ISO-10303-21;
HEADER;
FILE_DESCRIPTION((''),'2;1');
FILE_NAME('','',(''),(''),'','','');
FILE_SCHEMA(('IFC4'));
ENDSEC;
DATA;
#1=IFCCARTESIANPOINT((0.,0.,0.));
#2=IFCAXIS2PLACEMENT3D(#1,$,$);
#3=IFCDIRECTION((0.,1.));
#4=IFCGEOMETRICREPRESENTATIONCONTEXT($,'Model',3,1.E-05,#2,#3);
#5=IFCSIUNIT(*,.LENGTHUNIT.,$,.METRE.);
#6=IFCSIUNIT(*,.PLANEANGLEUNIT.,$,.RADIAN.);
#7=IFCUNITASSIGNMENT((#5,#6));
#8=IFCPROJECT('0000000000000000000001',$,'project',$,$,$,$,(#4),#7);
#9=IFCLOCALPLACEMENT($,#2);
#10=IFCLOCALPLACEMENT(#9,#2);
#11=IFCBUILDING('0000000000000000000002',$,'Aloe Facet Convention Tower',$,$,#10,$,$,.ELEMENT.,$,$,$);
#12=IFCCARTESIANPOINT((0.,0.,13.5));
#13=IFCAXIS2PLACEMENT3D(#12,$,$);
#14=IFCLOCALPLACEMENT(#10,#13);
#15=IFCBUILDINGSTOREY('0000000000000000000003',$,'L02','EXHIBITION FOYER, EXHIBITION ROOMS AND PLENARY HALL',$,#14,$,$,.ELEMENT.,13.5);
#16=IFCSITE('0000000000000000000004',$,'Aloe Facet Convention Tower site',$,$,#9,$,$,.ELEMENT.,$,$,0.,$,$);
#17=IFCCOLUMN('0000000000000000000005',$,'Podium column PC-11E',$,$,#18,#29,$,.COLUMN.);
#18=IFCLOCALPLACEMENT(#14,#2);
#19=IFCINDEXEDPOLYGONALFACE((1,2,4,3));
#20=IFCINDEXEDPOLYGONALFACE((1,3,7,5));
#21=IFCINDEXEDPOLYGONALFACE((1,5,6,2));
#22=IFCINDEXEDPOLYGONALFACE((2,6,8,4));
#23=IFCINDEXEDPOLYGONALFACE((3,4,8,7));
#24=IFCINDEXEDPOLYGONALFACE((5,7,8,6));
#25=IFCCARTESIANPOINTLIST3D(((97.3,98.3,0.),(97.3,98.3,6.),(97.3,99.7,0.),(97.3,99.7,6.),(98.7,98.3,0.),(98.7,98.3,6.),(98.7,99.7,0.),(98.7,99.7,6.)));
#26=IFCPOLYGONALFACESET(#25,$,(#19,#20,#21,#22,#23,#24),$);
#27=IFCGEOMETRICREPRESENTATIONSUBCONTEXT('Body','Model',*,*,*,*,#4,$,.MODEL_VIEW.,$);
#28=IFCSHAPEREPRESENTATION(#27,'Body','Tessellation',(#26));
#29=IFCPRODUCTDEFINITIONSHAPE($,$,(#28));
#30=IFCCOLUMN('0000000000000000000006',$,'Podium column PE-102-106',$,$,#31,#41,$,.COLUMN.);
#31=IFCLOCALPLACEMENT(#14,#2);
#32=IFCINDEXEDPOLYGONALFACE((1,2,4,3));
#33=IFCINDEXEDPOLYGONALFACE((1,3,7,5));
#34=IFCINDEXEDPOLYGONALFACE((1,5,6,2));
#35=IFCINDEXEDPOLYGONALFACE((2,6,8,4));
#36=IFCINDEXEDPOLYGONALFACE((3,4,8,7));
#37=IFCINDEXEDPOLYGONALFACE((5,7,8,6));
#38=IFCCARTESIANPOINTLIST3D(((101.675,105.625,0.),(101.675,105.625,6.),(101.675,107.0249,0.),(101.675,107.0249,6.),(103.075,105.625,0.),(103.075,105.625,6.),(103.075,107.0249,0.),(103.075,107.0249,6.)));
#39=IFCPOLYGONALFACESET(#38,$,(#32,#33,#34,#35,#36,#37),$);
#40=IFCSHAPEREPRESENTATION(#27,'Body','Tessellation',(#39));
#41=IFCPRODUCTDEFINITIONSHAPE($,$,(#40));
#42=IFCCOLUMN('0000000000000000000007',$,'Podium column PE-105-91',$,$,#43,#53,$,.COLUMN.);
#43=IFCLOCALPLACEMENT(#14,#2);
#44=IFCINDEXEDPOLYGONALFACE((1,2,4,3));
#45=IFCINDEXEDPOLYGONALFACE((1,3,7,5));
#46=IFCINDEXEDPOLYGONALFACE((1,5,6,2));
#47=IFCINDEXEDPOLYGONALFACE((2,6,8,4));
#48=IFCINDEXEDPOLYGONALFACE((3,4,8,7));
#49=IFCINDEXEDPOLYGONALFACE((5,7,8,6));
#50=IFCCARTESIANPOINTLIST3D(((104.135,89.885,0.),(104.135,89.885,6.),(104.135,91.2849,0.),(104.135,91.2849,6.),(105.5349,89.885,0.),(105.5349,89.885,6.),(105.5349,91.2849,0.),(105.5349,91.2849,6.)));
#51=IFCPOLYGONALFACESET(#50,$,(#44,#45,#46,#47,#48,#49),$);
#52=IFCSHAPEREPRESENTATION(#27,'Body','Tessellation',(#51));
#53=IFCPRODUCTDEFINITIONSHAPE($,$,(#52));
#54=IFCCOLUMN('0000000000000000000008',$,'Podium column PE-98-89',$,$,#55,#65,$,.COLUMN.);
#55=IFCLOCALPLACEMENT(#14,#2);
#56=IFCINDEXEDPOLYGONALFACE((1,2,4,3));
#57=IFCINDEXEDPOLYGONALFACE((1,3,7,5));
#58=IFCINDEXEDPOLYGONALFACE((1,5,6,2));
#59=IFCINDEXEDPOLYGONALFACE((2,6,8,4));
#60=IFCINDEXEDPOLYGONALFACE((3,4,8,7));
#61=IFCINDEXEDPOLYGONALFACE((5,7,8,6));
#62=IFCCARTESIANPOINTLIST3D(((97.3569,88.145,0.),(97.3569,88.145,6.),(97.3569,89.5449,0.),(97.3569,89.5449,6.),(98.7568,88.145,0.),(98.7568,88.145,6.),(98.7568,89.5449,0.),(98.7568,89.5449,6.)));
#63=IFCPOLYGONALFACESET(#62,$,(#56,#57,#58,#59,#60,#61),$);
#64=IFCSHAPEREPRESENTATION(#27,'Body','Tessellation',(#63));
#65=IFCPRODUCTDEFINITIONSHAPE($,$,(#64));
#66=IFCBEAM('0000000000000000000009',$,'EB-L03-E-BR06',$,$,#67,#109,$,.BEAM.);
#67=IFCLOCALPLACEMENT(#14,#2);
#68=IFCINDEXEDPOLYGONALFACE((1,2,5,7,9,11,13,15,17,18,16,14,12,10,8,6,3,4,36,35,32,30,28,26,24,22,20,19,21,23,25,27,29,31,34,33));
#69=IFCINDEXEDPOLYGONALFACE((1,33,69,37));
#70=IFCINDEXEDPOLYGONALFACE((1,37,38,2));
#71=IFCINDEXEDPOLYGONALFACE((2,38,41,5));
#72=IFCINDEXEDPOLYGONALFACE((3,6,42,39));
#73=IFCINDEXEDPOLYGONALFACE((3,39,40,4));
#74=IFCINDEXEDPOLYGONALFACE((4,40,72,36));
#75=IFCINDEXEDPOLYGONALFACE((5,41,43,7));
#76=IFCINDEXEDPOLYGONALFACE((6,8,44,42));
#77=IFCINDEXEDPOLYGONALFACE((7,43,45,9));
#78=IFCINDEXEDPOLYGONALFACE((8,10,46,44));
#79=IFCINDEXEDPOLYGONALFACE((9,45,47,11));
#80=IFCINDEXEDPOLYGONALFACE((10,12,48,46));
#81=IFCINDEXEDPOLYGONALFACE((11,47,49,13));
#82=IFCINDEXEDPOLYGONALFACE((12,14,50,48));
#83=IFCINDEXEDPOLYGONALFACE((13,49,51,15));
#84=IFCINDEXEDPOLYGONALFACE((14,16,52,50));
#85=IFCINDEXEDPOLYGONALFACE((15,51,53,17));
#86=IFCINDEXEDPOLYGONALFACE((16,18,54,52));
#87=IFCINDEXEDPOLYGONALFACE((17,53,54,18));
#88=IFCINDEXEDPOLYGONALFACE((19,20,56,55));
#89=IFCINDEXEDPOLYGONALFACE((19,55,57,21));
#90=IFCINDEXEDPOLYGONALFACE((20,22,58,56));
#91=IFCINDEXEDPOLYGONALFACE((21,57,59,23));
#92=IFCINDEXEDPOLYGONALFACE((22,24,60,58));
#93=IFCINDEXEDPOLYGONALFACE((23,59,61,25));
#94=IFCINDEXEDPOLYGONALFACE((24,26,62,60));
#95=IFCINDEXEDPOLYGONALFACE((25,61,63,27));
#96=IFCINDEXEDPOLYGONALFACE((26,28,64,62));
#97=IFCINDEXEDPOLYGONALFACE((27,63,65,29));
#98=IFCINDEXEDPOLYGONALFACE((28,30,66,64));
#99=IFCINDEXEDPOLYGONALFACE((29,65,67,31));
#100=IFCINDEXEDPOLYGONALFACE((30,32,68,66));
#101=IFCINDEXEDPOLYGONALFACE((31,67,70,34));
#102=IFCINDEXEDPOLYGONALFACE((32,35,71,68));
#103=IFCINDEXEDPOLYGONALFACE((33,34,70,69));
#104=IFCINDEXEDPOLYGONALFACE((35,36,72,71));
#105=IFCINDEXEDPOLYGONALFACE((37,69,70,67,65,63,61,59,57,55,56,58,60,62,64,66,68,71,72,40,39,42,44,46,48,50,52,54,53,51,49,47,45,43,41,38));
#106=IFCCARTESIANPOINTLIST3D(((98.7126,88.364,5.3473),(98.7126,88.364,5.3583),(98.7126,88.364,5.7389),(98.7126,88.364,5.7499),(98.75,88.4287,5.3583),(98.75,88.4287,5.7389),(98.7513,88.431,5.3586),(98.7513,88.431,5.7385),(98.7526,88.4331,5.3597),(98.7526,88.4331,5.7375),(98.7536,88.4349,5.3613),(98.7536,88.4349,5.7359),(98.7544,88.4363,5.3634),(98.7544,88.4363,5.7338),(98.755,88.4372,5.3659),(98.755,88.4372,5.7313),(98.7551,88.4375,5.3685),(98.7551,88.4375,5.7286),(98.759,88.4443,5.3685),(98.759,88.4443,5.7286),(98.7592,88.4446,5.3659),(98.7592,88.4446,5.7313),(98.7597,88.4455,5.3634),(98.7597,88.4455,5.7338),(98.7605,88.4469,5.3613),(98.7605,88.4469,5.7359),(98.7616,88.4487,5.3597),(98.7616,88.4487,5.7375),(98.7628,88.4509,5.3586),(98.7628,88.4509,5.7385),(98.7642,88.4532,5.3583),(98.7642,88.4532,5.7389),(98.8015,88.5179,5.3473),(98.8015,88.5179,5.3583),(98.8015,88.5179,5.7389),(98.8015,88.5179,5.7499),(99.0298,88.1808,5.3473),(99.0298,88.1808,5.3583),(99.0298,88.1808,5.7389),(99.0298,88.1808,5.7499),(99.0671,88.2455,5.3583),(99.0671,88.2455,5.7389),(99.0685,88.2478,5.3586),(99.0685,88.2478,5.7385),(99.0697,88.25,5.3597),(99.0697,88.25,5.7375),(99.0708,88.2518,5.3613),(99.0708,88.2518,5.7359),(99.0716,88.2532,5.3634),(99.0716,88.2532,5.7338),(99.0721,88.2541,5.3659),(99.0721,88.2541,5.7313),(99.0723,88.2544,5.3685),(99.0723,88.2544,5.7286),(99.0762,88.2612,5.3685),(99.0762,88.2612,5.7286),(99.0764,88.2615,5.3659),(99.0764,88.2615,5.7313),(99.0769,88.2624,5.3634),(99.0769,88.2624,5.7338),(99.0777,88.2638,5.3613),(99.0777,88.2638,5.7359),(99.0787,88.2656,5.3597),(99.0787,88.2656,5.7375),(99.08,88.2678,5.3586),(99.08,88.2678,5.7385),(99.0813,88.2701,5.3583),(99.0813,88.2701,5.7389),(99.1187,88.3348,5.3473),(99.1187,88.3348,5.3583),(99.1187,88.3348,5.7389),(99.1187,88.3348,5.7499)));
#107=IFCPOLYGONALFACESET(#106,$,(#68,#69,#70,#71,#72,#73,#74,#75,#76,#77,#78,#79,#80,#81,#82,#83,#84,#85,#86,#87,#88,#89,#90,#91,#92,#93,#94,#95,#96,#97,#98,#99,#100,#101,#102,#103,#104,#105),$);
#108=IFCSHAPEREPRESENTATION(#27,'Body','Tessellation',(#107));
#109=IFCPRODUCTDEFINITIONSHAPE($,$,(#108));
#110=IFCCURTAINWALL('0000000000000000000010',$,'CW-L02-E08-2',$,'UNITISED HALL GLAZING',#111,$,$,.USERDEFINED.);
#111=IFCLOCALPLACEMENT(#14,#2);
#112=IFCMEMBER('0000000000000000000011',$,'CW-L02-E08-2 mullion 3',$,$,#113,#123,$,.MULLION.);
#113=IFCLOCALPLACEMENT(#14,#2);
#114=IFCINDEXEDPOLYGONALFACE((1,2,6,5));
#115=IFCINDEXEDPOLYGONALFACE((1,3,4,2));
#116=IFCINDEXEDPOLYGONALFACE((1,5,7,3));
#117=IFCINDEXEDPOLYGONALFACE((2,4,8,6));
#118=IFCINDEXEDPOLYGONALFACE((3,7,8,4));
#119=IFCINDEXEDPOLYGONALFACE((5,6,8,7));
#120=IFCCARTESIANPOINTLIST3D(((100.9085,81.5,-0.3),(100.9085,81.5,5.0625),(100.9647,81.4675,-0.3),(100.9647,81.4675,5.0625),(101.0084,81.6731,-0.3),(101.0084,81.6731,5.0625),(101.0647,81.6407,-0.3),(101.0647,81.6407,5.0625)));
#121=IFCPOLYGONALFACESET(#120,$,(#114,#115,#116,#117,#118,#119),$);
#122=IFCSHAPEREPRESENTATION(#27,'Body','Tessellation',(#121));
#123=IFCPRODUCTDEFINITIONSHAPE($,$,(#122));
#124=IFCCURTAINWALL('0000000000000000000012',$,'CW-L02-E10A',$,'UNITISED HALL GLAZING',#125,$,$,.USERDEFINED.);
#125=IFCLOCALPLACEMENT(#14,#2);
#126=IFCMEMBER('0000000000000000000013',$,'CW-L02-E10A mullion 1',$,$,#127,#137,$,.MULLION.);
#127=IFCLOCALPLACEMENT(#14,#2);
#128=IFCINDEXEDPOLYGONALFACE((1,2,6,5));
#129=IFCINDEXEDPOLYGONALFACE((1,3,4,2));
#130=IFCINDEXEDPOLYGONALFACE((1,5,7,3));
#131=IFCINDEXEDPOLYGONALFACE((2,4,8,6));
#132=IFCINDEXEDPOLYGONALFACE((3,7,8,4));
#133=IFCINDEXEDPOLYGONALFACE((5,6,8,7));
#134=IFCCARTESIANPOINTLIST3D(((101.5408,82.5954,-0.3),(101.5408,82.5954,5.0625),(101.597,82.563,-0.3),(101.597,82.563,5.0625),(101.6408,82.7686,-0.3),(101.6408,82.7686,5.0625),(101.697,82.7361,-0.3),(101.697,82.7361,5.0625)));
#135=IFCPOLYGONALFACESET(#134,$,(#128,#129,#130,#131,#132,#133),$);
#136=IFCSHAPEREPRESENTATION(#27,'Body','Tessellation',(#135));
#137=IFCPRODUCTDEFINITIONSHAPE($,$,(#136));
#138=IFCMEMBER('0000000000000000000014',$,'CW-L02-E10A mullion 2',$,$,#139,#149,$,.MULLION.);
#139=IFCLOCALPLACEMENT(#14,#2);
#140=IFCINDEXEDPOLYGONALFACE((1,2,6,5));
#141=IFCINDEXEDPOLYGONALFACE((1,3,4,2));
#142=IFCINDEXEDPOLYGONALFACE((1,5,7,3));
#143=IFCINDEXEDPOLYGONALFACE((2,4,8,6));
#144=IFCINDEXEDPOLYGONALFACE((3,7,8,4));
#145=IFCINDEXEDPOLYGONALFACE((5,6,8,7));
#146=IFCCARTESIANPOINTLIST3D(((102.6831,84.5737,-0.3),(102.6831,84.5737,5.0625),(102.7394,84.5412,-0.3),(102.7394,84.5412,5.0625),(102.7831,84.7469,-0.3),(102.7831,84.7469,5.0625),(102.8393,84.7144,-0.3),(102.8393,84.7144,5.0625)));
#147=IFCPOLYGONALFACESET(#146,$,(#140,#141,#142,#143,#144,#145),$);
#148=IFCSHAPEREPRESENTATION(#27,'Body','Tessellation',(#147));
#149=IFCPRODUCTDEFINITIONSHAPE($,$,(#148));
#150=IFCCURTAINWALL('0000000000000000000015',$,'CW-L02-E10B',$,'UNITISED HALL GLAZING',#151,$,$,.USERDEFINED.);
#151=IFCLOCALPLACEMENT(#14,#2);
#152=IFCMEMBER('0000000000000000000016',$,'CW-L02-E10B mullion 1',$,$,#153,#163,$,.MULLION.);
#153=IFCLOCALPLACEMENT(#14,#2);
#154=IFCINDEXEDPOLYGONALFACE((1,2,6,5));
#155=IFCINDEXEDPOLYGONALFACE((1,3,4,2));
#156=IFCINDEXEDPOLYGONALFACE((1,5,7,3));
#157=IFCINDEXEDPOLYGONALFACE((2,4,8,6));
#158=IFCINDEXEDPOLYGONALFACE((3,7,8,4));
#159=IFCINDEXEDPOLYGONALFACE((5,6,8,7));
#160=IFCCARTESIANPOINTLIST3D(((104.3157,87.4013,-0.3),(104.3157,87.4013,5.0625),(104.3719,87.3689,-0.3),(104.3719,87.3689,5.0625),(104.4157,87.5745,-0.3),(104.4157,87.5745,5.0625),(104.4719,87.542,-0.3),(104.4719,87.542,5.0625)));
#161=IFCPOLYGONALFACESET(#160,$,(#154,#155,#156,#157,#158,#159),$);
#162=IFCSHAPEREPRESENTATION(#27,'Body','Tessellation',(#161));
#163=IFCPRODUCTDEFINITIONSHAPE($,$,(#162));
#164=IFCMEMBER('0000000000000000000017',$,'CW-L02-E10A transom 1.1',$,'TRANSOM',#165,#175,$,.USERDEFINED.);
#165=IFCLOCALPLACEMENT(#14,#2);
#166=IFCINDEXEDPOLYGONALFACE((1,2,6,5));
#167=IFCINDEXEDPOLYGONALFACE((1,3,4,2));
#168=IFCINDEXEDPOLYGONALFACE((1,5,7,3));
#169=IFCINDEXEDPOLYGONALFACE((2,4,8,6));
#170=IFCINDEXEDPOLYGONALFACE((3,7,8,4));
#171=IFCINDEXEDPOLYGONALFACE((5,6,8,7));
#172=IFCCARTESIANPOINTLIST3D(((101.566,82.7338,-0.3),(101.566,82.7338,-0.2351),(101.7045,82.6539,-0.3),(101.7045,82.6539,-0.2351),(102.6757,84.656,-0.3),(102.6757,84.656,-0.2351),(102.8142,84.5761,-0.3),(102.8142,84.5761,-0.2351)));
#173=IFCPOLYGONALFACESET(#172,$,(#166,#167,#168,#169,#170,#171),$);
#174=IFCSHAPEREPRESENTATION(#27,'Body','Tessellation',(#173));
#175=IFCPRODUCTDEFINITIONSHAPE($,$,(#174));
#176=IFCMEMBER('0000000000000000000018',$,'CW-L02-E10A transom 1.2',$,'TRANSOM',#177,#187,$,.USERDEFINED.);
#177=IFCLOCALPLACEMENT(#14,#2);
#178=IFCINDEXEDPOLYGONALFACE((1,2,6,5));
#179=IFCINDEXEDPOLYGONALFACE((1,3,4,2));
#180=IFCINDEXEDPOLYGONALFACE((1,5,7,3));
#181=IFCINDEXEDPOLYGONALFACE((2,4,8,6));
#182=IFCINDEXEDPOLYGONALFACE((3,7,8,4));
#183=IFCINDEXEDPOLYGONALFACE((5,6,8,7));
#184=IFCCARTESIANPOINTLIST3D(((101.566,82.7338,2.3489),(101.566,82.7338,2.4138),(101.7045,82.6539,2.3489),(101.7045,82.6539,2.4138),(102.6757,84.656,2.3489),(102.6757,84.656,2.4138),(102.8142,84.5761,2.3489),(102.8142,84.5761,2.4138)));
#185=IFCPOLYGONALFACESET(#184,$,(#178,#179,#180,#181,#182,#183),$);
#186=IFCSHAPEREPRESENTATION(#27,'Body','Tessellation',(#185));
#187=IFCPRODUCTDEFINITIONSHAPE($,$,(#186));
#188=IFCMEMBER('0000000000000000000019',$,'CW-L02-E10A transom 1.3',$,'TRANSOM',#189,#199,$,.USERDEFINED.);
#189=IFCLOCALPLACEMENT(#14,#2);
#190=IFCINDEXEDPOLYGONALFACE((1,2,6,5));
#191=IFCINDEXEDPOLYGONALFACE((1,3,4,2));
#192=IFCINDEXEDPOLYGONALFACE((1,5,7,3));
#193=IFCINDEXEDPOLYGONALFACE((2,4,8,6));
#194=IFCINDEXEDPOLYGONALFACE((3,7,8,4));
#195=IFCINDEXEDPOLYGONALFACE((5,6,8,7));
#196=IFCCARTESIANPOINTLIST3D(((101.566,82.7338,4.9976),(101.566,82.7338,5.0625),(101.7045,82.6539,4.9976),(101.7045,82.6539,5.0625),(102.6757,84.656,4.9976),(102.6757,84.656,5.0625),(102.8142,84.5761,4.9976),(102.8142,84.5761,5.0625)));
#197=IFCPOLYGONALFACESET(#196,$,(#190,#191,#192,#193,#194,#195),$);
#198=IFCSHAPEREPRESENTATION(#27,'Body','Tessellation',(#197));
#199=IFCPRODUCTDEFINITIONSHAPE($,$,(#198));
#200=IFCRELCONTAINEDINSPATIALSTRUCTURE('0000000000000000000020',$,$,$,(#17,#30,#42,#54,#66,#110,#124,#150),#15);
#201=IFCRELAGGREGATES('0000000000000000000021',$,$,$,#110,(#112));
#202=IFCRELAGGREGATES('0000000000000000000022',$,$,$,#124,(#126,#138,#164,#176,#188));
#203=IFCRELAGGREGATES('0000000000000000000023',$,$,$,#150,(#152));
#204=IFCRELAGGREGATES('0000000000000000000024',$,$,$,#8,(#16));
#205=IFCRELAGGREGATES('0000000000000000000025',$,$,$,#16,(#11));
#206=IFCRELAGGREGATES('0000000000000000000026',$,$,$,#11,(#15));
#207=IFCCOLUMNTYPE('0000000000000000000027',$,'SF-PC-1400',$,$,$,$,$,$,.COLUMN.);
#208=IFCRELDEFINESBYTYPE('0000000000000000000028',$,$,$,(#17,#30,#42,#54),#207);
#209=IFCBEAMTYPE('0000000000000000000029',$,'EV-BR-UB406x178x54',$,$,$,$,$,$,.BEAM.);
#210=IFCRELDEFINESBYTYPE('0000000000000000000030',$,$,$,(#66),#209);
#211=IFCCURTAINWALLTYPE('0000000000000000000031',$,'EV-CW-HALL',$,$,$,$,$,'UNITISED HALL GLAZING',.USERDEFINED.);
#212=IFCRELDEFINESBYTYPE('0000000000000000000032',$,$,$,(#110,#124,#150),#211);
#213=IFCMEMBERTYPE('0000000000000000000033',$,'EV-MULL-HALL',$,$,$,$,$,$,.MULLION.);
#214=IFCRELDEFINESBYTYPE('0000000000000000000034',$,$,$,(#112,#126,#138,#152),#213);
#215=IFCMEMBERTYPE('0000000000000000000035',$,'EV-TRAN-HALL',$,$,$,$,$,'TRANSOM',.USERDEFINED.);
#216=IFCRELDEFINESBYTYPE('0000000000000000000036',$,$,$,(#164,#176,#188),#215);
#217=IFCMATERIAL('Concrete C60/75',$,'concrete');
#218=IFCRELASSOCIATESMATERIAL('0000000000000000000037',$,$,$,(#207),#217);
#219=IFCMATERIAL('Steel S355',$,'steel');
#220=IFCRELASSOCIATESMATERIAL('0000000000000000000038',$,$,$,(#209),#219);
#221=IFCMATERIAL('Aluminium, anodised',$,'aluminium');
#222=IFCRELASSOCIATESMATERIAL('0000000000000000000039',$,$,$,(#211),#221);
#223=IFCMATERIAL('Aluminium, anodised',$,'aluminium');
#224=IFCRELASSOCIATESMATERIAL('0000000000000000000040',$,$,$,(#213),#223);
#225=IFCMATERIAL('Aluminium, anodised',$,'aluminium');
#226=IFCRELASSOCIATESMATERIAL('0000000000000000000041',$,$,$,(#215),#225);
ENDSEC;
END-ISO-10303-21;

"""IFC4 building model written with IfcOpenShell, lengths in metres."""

from ifc_helpers import new_model, si_unit, direction, frame, origin, origin_2d, place, context, subcontext, project, spatial, rectangle, i_section, extrude, material, material_profile, profile_set, type_object, element, aggregate, save


model = new_model("IFC4")

# Units and contexts
model_context = context("Model", 3, precision=1e-05, world=origin(), true_north=direction((0.0, 1.0)))
body_context = subcontext(model_context, "Body", "Model", "MODEL_VIEW")
ifc_project = project(units=[si_unit("LENGTHUNIT", "METRE"), si_unit("PLANEANGLEUNIT", "RADIAN")], contexts=[model_context])

# Site, building, storey
site_placement = place(None, origin())
site = spatial("IfcSite", under=ifc_project, at=site_placement, Name="Aloe Facet Convention Tower site", CompositionType="ELEMENT", RefElevation=0.0)
building_placement = place(site_placement, origin())
building = spatial("IfcBuilding", under=site, at=building_placement, Name="Aloe Facet Convention Tower", CompositionType="ELEMENT")
storey_placement = place(building_placement, frame((0.0, 0.0, 13.5)))
storey = spatial("IfcBuildingStorey", under=building, at=storey_placement, Name="L02", Description="EXHIBITION FOYER, EXHIBITION ROOMS AND PLENARY HALL", CompositionType="ELEMENT", Elevation=13.5)

# Columns
ifc_material_1 = material(Name="Concrete C60/75", Category="concrete")
ifc_material_profile_1 = material_profile(ifc_material_1, rectangle(XDim=1.3999, YDim=1.3999, at=origin_2d()), Name="SF-PC-1400")
ifc_profile_set_1 = profile_set([ifc_material_profile_1], Name="Concrete C60/75")
column_type = type_object("IfcColumnType", Name="SF-PC-1400", PredefinedType="COLUMN", material=ifc_profile_set_1)
for number, where, z_axis, x_axis, name in (
    (1, (98.0, 99.0, 0.0), (0.0, 0.0, 1.0), (1.0, 0.0, 0.0), "Podium column PC-11E"),
    (2, (102.375, 106.325, 0.0), (0.0, 0.0, 1.0), (1.0, 0.0, 0.0), "Podium column PE-102-106"),
    (3, (104.835, 90.585, 0.0), (0.0, 0.0, 1.0), (1.0, 0.0, 0.0), "Podium column PE-105-91"),
    (4, (98.0569, 88.845, 0.0), (0.0, 0.0, 1.0), (1.0, 0.0, 0.0), "Podium column PE-98-89"),
):
    element("IfcColumn", number, at=place(storey_placement, frame(where, z_axis=z_axis, x_axis=x_axis)), inside=storey, type_object=column_type, Name=name, PredefinedType="COLUMN", context=body_context, shape_type="SweptSolid", body=[
        extrude(rectangle(XDim=1.3999, YDim=1.3999, at=origin_2d()), origin(), (0.0, 0.0, 1.0), 6.0),
    ])

# Beam
ifc_material_2 = material(Name="Steel S355", Category="steel")
ifc_material_profile_2 = material_profile(ifc_material_2, i_section(OverallWidth=0.1777, OverallDepth=0.4026, WebThickness=0.0078, FlangeThickness=0.011, FilletRadius=0.0103, at=origin_2d()), Name="UB 406x178x54")
ifc_profile_set_2 = profile_set([ifc_material_profile_2], Name="Steel S355")
beam_type_1 = type_object("IfcBeamType", Name="EV-BR-UB406x178x54", PredefinedType="BEAM", material=ifc_profile_set_2)
beam_1_placement = place(storey_placement, frame((98.7571, 88.4409, 5.5486), z_axis=(0.866019, -0.500011, 0.0), x_axis=(0.500011, 0.866019, 0.0)))
element("IfcBeam", 5, at=beam_1_placement, inside=storey, type_object=beam_type_1, Name="EB-L03-E-BR06", PredefinedType="BEAM", context=body_context, shape_type="SweptSolid", body=[
    extrude(i_section(OverallWidth=0.1777, OverallDepth=0.4026, WebThickness=0.0078, FlangeThickness=0.011, FilletRadius=0.0103, at=origin_2d()), origin(), (0.0, 0.0, 1.0), 0.3662),
])

# Curtain wall, member
ifc_material_3 = material(Name="Aluminium, anodised", Category="aluminium")
curtain_wall_type = type_object("IfcCurtainWallType", Name="EV-CW-HALL", ElementType="UNITISED HALL GLAZING", PredefinedType="USERDEFINED", material=ifc_material_3)
curtain_wall_1_placement = place(storey_placement, origin())
curtain_wall_1 = element("IfcCurtainWall", 6, at=curtain_wall_1_placement, inside=storey, type_object=curtain_wall_type, Name="CW-L02-E08-2", ObjectType="UNITISED HALL GLAZING", PredefinedType="USERDEFINED")
ifc_material_4 = material(Name="Aluminium, anodised", Category="aluminium")
ifc_material_profile_3 = material_profile(ifc_material_4, rectangle(XDim=0.0649, YDim=0.2, at=origin_2d()), Name="AL 65x200")
ifc_profile_set_3 = profile_set([ifc_material_profile_3], Name="Aluminium, anodised")
member_type_1 = type_object("IfcMemberType", Name="EV-MULL-HALL", PredefinedType="MULLION", material=ifc_profile_set_3)
member_1_placement = place(storey_placement, frame((100.9866, 81.5703, -0.3), z_axis=(0.0, 0.0, 1.0), x_axis=(-0.866025, 0.5, 0.0)))
member_1 = element("IfcMember", 7, at=member_1_placement, type_object=member_type_1, Name="CW-L02-E08-2 mullion 3", PredefinedType="MULLION", context=body_context, shape_type="SweptSolid", body=[
    extrude(rectangle(XDim=0.0649, YDim=0.2, at=origin_2d()), origin(), (0.0, 0.0, 1.0), 5.3625),
])
aggregate(curtain_wall_1, [member_1])

# Curtain wall, members
curtain_wall_2_placement = place(storey_placement, origin())
curtain_wall_2 = element("IfcCurtainWall", 8, at=curtain_wall_2_placement, inside=storey, type_object=curtain_wall_type, Name="CW-L02-E10A", ObjectType="UNITISED HALL GLAZING", PredefinedType="USERDEFINED")
member_2_placement = place(storey_placement, frame((101.6189, 82.6658, -0.3), z_axis=(0.0, 0.0, 1.0), x_axis=(-0.866025, 0.5, 0.0)))
member_2 = element("IfcMember", 9, at=member_2_placement, type_object=member_type_1, Name="CW-L02-E10A mullion 1", PredefinedType="MULLION", context=body_context, shape_type="SweptSolid", body=[
    extrude(rectangle(XDim=0.0649, YDim=0.2, at=origin_2d()), origin(), (0.0, 0.0, 1.0), 5.3625),
])
member_3_placement = place(storey_placement, frame((102.7612, 84.644, -0.3), z_axis=(0.0, 0.0, 1.0), x_axis=(-0.866025, 0.5, 0.0)))
member_3 = element("IfcMember", 10, at=member_3_placement, type_object=member_type_1, Name="CW-L02-E10A mullion 2", PredefinedType="MULLION", context=body_context, shape_type="SweptSolid", body=[
    extrude(rectangle(XDim=0.0649, YDim=0.2, at=origin_2d()), origin(), (0.0, 0.0, 1.0), 5.3625),
])

# Curtain wall, member
curtain_wall_3_placement = place(storey_placement, origin())
curtain_wall_3 = element("IfcCurtainWall", 11, at=curtain_wall_3_placement, inside=storey, type_object=curtain_wall_type, Name="CW-L02-E10B", ObjectType="UNITISED HALL GLAZING", PredefinedType="USERDEFINED")
member_4_placement = place(storey_placement, frame((104.3938, 87.4717, -0.3), z_axis=(0.0, 0.0, 1.0), x_axis=(-0.866025, 0.5, 0.0)))
member_4 = element("IfcMember", 12, at=member_4_placement, type_object=member_type_1, Name="CW-L02-E10B mullion 1", PredefinedType="MULLION", context=body_context, shape_type="SweptSolid", body=[
    extrude(rectangle(XDim=0.0649, YDim=0.2, at=origin_2d()), origin(), (0.0, 0.0, 1.0), 5.3625),
])

# Members
ifc_material_5 = material(Name="Aluminium, anodised", Category="aluminium")
ifc_material_profile_4 = material_profile(ifc_material_5, rectangle(XDim=0.1599, YDim=0.0649, at=origin_2d()), Name="AL 160x65")
ifc_profile_set_4 = profile_set([ifc_material_profile_4], Name="Aluminium, anodised")
member_type_2 = type_object("IfcMemberType", Name="EV-TRAN-HALL", ElementType="TRANSOM", PredefinedType="USERDEFINED", material=ifc_profile_set_4)
member_5_placement = place(storey_placement, frame((101.6353, 82.6938, -0.2676), z_axis=(0.499961, 0.866048, 0.0), x_axis=(-0.866048, 0.499961, 0.0)))
member_5 = element("IfcMember", 13, at=member_5_placement, type_object=member_type_2, Name="CW-L02-E10A transom 1.1", ObjectType="TRANSOM", PredefinedType="USERDEFINED", context=body_context, shape_type="SweptSolid", body=[
    extrude(rectangle(XDim=0.1599, YDim=0.0649, at=origin_2d()), origin(), (0.0, 0.0, 1.0), 2.2195),
])
member_6_placement = place(storey_placement, frame((101.6353, 82.6938, 2.3813), z_axis=(0.499961, 0.866048, 0.0), x_axis=(-0.866048, 0.499961, 0.0)))
member_6 = element("IfcMember", 14, at=member_6_placement, type_object=member_type_2, Name="CW-L02-E10A transom 1.2", ObjectType="TRANSOM", PredefinedType="USERDEFINED", context=body_context, shape_type="SweptSolid", body=[
    extrude(rectangle(XDim=0.1599, YDim=0.0649, at=origin_2d()), origin(), (0.0, 0.0, 1.0), 2.2195),
])
member_7_placement = place(storey_placement, frame((101.6353, 82.6938, 5.03), z_axis=(0.499961, 0.866048, 0.0), x_axis=(-0.866048, 0.499961, 0.0)))
member_7 = element("IfcMember", 15, at=member_7_placement, type_object=member_type_2, Name="CW-L02-E10A transom 1.3", ObjectType="TRANSOM", PredefinedType="USERDEFINED", context=body_context, shape_type="SweptSolid", body=[
    extrude(rectangle(XDim=0.1599, YDim=0.0649, at=origin_2d()), origin(), (0.0, 0.0, 1.0), 2.2195),
])

aggregate(curtain_wall_2, [member_2, member_3, member_5, member_6, member_7])
aggregate(curtain_wall_3, [member_4])

save(model, "model.ifc")
